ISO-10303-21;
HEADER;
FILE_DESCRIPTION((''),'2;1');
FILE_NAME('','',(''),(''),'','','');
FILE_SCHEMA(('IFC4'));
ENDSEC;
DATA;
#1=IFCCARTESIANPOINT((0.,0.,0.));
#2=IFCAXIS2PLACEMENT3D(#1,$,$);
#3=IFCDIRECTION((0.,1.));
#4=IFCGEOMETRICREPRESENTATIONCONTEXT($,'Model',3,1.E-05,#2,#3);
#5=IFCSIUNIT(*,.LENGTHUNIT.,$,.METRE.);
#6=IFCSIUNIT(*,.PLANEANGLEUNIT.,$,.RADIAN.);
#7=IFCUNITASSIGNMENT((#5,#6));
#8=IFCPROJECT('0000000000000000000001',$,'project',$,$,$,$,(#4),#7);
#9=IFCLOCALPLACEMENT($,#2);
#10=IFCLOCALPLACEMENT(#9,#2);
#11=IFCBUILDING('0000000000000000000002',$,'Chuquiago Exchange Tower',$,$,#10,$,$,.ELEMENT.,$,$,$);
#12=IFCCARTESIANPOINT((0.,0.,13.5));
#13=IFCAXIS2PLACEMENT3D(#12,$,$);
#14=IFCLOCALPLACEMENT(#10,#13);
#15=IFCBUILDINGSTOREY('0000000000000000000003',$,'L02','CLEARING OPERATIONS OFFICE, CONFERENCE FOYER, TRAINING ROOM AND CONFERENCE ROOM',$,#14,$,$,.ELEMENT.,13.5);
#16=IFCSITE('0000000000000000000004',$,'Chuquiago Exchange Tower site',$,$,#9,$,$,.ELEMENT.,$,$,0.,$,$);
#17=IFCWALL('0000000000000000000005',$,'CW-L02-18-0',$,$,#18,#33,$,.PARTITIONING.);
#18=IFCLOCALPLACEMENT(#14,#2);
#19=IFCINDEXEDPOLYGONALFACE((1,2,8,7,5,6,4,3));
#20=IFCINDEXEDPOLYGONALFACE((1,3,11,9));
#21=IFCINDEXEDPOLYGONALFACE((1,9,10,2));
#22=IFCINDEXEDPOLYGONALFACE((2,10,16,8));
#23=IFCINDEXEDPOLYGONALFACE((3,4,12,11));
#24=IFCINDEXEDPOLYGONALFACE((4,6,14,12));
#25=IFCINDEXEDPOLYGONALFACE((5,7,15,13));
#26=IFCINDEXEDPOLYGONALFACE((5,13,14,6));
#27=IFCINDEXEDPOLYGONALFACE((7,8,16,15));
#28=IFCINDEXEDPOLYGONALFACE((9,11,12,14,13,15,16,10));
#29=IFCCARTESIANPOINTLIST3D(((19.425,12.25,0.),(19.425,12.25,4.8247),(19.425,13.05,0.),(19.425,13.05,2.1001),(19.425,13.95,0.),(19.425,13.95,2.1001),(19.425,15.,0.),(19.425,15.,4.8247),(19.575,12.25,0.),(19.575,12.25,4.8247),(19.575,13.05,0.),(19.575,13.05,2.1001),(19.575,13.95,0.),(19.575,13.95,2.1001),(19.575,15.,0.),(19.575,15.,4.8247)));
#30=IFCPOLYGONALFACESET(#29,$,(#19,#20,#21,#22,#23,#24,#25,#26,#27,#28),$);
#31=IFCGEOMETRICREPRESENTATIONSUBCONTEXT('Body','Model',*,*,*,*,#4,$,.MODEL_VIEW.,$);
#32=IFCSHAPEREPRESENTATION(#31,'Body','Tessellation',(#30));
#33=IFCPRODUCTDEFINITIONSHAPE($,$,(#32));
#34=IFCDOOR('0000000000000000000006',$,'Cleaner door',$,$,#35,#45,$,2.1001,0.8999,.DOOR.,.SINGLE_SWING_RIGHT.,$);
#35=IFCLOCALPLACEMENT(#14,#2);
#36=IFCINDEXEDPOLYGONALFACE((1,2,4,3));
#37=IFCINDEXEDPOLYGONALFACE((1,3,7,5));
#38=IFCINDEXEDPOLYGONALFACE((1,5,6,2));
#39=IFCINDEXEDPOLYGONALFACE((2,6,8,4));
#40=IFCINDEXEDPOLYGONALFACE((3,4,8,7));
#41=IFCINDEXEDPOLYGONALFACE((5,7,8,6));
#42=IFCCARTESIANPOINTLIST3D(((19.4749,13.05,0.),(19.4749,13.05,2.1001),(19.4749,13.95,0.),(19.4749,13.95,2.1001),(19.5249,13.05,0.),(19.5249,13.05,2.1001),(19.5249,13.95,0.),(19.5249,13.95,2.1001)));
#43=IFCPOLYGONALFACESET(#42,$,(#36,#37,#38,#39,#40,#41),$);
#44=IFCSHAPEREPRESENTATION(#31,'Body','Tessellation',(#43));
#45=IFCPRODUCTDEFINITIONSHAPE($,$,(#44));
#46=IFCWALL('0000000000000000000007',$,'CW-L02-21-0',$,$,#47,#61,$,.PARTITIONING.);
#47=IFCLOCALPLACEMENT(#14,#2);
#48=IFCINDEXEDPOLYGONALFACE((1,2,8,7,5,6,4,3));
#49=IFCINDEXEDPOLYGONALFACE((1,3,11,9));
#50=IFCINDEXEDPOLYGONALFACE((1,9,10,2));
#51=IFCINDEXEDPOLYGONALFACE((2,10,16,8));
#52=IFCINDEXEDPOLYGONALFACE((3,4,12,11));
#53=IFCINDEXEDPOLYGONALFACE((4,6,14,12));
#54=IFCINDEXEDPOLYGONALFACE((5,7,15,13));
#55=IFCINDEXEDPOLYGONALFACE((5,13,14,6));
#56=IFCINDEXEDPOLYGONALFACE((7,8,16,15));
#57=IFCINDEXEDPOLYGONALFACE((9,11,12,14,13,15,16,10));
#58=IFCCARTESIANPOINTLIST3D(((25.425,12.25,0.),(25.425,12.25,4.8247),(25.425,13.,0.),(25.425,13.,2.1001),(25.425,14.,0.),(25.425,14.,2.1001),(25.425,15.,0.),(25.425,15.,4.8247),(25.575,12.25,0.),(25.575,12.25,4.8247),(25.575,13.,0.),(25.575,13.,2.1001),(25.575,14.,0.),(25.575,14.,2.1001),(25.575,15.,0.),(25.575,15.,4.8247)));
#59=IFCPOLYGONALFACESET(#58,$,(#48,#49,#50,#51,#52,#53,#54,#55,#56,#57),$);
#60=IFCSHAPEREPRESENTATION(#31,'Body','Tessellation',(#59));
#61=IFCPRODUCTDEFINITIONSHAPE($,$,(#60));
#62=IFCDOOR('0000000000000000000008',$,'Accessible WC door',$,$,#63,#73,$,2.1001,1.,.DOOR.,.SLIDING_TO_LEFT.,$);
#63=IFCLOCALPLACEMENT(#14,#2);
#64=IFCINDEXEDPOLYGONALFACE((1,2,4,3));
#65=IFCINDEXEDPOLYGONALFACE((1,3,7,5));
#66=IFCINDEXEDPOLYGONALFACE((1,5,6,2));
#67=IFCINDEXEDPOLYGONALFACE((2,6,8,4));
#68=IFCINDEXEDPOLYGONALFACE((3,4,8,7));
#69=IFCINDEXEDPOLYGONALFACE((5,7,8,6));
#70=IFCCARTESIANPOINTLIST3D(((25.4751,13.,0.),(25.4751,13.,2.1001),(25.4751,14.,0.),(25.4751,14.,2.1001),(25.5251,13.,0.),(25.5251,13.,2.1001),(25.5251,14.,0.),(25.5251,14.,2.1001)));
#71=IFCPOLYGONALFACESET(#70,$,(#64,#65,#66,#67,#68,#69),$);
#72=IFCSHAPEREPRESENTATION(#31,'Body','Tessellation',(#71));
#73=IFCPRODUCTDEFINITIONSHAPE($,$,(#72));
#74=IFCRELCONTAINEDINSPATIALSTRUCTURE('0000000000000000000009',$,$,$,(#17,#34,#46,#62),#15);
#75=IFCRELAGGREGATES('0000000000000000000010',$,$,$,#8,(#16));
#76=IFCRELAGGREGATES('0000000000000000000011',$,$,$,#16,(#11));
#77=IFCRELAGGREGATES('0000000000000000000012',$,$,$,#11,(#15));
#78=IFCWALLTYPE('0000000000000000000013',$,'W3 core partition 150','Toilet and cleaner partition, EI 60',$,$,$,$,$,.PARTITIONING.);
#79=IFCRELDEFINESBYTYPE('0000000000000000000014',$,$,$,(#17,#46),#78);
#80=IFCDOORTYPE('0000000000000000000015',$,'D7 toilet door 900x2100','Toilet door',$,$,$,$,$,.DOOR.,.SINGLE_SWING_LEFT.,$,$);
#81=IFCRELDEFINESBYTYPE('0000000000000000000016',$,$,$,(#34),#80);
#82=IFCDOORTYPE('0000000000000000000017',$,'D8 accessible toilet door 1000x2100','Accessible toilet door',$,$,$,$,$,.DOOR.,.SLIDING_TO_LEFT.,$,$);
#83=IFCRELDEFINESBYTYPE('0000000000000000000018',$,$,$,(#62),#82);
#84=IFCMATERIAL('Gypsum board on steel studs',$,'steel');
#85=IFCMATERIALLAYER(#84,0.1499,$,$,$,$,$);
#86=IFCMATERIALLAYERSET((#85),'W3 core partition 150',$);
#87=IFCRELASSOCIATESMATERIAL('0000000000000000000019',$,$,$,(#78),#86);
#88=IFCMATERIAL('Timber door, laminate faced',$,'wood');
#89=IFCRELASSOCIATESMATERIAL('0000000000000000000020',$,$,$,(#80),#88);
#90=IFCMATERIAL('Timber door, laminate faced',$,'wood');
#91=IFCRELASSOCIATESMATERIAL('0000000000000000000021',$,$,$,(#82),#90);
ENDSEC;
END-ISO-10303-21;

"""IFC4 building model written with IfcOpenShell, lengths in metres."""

from ifc_helpers import new_model, si_unit, direction, frame, frame_2d, origin, place, context, subcontext, project, spatial, rectangle, extrude, material, layer, layer_set, type_object, element, fill, save


model = new_model("IFC4")

# Units and contexts
model_context = context("Model", 3, precision=1e-05, world=origin(), true_north=direction((0.0, 1.0)))
body_context = subcontext(model_context, "Body", "Model", "MODEL_VIEW")
ifc_project = project(units=[si_unit("LENGTHUNIT", "METRE"), si_unit("PLANEANGLEUNIT", "RADIAN")], contexts=[model_context])

# Site, building, storey
site_placement = place(None, origin())
site = spatial("IfcSite", under=ifc_project, at=site_placement, Name="Chuquiago Exchange Tower site", CompositionType="ELEMENT", RefElevation=0.0)
building_placement = place(site_placement, origin())
building = spatial("IfcBuilding", under=site, at=building_placement, Name="Chuquiago Exchange Tower", CompositionType="ELEMENT")
storey_placement = place(building_placement, frame((0.0, 0.0, 13.5)))
storey = spatial("IfcBuildingStorey", under=building, at=storey_placement, Name="L02", Description="CLEARING OPERATIONS OFFICE, CONFERENCE FOYER, TRAINING ROOM AND CONFERENCE ROOM", CompositionType="ELEMENT", Elevation=13.5)

# Walls, openings, doors
ifc_material_1 = material(Name="Gypsum board on steel studs", Category="steel")
ifc_layer_1 = layer(ifc_material_1, 0.1499)
ifc_layer_set_1 = layer_set([ifc_layer_1], Name="W3 core partition 150")
wall_type_1 = type_object("IfcWallType", Name="W3 core partition 150", Description="Toilet and cleaner partition, EI 60", PredefinedType="PARTITIONING", material=ifc_layer_set_1)
wall_1_placement = place(storey_placement, frame((19.5, 12.25, 0.0), z_axis=(0.0, 0.0, 1.0), x_axis=(0.0, 1.0, 0.0)))
wall_1 = element("IfcWall", 1, at=wall_1_placement, inside=storey, type_object=wall_type_1, Name="CW-L02-18-0", PredefinedType="PARTITIONING", context=body_context, shape_type="SweptSolid", body=[
    extrude(rectangle(XDim=2.75, YDim=0.1499, at=frame_2d((1.375, 0.0))), origin(), (0.0, 0.0, 1.0), 4.8247),
])
opening_1_placement = place(wall_1_placement, frame((0.8, 0.0, 0.0)))
opening_1 = element("IfcOpeningElement", 2, at=opening_1_placement, cuts=wall_1, PredefinedType="OPENING", context=body_context, shape_type="SweptSolid", body=[
    extrude(rectangle(XDim=0.8999, YDim=2.1001, at=frame_2d((0.45, 1.05))), frame((0.0, 0.085, 0.0), z_axis=(0.0, -1.0, 0.0), x_axis=(1.0, 0.0, 0.0)), (0.0, 0.0, 1.0), 0.1699),
])
ifc_material_2 = material(Name="Timber door, laminate faced", Category="wood")
door_type_1 = type_object("IfcDoorType", Name="D7 toilet door 900x2100", Description="Toilet door", OperationType="SINGLE_SWING_LEFT", PredefinedType="DOOR", material=ifc_material_2)
door_1_placement = place(opening_1_placement, frame((0.8999, 0.0, 0.0), z_axis=(0.0, 0.0, 1.0), x_axis=(-1.0, 0.0, 0.0)))
door_1 = element("IfcDoor", 3, at=door_1_placement, inside=storey, type_object=door_type_1, Name="Cleaner door", OperationType="SINGLE_SWING_RIGHT", OverallHeight=2.1001, OverallWidth=0.8999, PredefinedType="DOOR", context=body_context, shape_type="SweptSolid", body=[
    extrude(rectangle(XDim=0.8999, YDim=2.1001, at=frame_2d((0.45, 1.05))), frame((0.0, 0.0249, 0.0), z_axis=(0.0, -1.0, 0.0), x_axis=(1.0, 0.0, 0.0)), (0.0, 0.0, 1.0), 0.05),
])
fill(opening_1, door_1)
wall_2_placement = place(storey_placement, frame((25.5, 12.25, 0.0), z_axis=(0.0, 0.0, 1.0), x_axis=(0.0, 1.0, 0.0)))
wall_2 = element("IfcWall", 4, at=wall_2_placement, inside=storey, type_object=wall_type_1, Name="CW-L02-21-0", PredefinedType="PARTITIONING", context=body_context, shape_type="SweptSolid", body=[
    extrude(rectangle(XDim=2.75, YDim=0.1499, at=frame_2d((1.375, 0.0))), origin(), (0.0, 0.0, 1.0), 4.8247),
])
opening_2_placement = place(wall_2_placement, frame((0.75, 0.0, 0.0)))
opening_2 = element("IfcOpeningElement", 5, at=opening_2_placement, cuts=wall_2, PredefinedType="OPENING", context=body_context, shape_type="SweptSolid", body=[
    extrude(rectangle(XDim=1.0, YDim=2.1001, at=frame_2d((0.5, 1.05))), frame((0.0, 0.085, 0.0), z_axis=(0.0, -1.0, 0.0), x_axis=(1.0, 0.0, 0.0)), (0.0, 0.0, 1.0), 0.1699),
])
ifc_material_3 = material(Name="Timber door, laminate faced", Category="wood")
door_type_2 = type_object("IfcDoorType", Name="D8 accessible toilet door 1000x2100", Description="Accessible toilet door", OperationType="SLIDING_TO_LEFT", PredefinedType="DOOR", material=ifc_material_3)
door_2_placement = place(opening_2_placement, origin())
door_2 = element("IfcDoor", 6, at=door_2_placement, inside=storey, type_object=door_type_2, Name="Accessible WC door", OperationType="SLIDING_TO_LEFT", OverallHeight=2.1001, OverallWidth=1.0, PredefinedType="DOOR", context=body_context, shape_type="SweptSolid", body=[
    extrude(rectangle(XDim=1.0, YDim=2.1001, at=frame_2d((0.5, 1.05))), frame((0.0, 0.0249, 0.0), z_axis=(0.0, -1.0, 0.0), x_axis=(1.0, 0.0, 0.0)), (0.0, 0.0, 1.0), 0.05),
])
fill(opening_2, door_2)

save(model, "model.ifc")
